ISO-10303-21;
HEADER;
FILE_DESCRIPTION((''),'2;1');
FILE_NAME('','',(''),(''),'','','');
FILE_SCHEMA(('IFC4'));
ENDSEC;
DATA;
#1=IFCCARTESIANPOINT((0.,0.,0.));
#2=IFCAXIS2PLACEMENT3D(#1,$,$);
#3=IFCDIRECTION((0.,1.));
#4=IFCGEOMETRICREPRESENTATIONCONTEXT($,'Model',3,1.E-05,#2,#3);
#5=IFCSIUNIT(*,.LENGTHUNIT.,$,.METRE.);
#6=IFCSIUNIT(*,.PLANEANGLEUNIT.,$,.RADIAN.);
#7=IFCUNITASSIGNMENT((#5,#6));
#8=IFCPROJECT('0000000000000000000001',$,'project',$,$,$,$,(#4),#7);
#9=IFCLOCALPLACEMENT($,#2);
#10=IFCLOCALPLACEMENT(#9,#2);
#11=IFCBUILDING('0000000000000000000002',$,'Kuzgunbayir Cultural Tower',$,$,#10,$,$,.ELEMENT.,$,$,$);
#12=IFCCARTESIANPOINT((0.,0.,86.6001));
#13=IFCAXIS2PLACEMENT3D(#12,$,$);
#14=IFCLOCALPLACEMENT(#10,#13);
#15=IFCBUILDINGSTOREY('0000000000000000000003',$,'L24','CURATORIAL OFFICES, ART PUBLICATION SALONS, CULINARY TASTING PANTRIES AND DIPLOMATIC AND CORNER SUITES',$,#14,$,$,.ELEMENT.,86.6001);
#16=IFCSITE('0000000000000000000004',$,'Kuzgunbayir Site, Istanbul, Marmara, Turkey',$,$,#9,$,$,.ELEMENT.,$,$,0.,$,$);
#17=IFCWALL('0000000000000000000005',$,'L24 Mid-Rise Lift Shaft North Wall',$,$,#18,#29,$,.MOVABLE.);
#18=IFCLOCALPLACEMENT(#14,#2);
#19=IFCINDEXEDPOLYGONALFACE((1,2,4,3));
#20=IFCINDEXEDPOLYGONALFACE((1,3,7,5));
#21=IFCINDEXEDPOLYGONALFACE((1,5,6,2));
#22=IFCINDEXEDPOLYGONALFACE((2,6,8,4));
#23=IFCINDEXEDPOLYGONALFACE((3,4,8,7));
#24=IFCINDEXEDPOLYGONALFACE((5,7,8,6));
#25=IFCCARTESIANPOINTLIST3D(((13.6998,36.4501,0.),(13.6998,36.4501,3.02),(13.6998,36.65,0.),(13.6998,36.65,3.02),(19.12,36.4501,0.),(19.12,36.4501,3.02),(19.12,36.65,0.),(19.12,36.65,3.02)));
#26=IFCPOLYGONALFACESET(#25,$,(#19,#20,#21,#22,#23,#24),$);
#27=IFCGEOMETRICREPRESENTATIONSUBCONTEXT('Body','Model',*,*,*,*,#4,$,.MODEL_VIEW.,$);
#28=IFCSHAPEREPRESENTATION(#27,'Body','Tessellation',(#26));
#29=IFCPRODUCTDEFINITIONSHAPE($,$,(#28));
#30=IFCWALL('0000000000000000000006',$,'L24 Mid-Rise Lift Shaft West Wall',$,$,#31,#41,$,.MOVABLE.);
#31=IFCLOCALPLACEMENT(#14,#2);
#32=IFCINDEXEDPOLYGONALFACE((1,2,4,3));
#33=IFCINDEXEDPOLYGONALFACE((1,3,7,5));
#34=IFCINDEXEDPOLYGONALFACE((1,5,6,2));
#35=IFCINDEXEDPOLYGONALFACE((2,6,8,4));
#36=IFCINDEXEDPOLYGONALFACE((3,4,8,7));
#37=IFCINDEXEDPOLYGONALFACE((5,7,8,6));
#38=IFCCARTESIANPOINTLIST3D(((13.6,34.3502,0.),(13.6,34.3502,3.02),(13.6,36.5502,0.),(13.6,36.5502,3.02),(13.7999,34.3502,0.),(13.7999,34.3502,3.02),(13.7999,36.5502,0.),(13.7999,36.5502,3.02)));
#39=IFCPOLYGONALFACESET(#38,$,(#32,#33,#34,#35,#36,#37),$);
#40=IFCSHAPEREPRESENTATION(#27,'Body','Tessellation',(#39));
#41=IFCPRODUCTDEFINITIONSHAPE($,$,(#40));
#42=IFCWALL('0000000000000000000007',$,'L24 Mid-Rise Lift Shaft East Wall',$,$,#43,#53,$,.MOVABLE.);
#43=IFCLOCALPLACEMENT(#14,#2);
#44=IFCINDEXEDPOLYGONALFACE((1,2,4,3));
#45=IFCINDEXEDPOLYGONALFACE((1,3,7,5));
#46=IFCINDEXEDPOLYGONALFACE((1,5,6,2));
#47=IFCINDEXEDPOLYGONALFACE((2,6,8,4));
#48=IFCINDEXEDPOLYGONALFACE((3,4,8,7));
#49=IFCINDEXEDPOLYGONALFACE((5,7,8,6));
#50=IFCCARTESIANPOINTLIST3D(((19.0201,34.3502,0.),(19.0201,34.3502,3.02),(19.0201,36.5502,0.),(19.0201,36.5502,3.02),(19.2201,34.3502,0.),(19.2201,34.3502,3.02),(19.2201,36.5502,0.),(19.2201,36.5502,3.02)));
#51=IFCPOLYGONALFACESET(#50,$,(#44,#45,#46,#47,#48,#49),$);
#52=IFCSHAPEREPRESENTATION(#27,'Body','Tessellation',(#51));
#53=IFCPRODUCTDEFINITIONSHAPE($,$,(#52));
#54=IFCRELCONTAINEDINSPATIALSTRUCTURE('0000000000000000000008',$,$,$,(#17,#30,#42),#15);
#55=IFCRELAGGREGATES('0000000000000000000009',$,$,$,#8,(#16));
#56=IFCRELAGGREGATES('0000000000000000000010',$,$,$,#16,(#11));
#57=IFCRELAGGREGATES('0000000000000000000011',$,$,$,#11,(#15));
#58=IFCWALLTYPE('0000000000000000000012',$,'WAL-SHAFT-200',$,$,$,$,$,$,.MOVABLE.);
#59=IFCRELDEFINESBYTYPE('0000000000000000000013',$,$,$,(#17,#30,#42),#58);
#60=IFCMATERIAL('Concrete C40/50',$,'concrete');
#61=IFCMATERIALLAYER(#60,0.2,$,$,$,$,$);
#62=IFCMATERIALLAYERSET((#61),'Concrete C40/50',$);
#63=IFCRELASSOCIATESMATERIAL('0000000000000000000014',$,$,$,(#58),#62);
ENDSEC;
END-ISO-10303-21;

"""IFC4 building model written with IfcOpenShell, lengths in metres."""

from ifc_helpers import new_model, si_unit, direction, frame, frame_2d, origin, place, context, subcontext, project, spatial, rectangle, extrude, material, layer, layer_set, type_object, element, save


model = new_model("IFC4")

# Units and contexts
model_context = context("Model", 3, precision=1e-05, world=origin(), true_north=direction((0.0, 1.0)))
body_context = subcontext(model_context, "Body", "Model", "MODEL_VIEW")
ifc_project = project(units=[si_unit("LENGTHUNIT", "METRE"), si_unit("PLANEANGLEUNIT", "RADIAN")], contexts=[model_context])

# Site, building, storey
site_placement = place(None, origin())
site = spatial("IfcSite", under=ifc_project, at=site_placement, Name="Kuzgunbayir Site, Istanbul, Marmara, Turkey", CompositionType="ELEMENT", RefElevation=0.0)
building_placement = place(site_placement, origin())
building = spatial("IfcBuilding", under=site, at=building_placement, Name="Kuzgunbayir Cultural Tower", CompositionType="ELEMENT")
storey_placement = place(building_placement, frame((0.0, 0.0, 86.6001)))
storey = spatial("IfcBuildingStorey", under=building, at=storey_placement, Name="L24", Description="CURATORIAL OFFICES, ART PUBLICATION SALONS, CULINARY TASTING PANTRIES AND DIPLOMATIC AND CORNER SUITES", CompositionType="ELEMENT", Elevation=86.6001)

# Shared definitions
ifc_material_1 = material(Name="Concrete C40/50", Category="concrete")
ifc_layer_1 = layer(ifc_material_1, 0.2)
ifc_layer_set_1 = layer_set([ifc_layer_1], Name="Concrete C40/50")
wall_type_1 = type_object("IfcWallType", Name="WAL-SHAFT-200", PredefinedType="MOVABLE", material=ifc_layer_set_1)

# Walls
wall_1_placement = place(storey_placement, frame((13.7, 36.55, 0.0), z_axis=(0.0, 0.0, 1.0), x_axis=(1.0, 0.0, 0.0)))
element("IfcWall", 1, at=wall_1_placement, inside=storey, type_object=wall_type_1, Name="L24 Mid-Rise Lift Shaft North Wall", PredefinedType="MOVABLE", context=body_context, shape_type="SweptSolid", body=[
    extrude(rectangle(XDim=5.4202, YDim=0.2, at=frame_2d((2.71, 0.0))), origin(), (0.0, 0.0, 1.0), 3.02),
])
for number, where, z_axis, x_axis, name in (
    (2, (13.7, 34.3501, 0.0), (0.0, 0.0, 1.0), (0.0, 1.0, 0.0), "L24 Mid-Rise Lift Shaft West Wall"),
    (3, (19.1201, 34.3501, 0.0), (0.0, 0.0, 1.0), (0.0, 1.0, 0.0), "L24 Mid-Rise Lift Shaft East Wall"),
):
    element("IfcWall", number, at=place(storey_placement, frame(where, z_axis=z_axis, x_axis=x_axis)), inside=storey, type_object=wall_type_1, Name=name, PredefinedType="MOVABLE", context=body_context, shape_type="SweptSolid", body=[
        extrude(rectangle(XDim=2.2, YDim=0.2, at=frame_2d((1.1001, 0.0))), origin(), (0.0, 0.0, 1.0), 3.02),
    ])

save(model, "model.ifc")
